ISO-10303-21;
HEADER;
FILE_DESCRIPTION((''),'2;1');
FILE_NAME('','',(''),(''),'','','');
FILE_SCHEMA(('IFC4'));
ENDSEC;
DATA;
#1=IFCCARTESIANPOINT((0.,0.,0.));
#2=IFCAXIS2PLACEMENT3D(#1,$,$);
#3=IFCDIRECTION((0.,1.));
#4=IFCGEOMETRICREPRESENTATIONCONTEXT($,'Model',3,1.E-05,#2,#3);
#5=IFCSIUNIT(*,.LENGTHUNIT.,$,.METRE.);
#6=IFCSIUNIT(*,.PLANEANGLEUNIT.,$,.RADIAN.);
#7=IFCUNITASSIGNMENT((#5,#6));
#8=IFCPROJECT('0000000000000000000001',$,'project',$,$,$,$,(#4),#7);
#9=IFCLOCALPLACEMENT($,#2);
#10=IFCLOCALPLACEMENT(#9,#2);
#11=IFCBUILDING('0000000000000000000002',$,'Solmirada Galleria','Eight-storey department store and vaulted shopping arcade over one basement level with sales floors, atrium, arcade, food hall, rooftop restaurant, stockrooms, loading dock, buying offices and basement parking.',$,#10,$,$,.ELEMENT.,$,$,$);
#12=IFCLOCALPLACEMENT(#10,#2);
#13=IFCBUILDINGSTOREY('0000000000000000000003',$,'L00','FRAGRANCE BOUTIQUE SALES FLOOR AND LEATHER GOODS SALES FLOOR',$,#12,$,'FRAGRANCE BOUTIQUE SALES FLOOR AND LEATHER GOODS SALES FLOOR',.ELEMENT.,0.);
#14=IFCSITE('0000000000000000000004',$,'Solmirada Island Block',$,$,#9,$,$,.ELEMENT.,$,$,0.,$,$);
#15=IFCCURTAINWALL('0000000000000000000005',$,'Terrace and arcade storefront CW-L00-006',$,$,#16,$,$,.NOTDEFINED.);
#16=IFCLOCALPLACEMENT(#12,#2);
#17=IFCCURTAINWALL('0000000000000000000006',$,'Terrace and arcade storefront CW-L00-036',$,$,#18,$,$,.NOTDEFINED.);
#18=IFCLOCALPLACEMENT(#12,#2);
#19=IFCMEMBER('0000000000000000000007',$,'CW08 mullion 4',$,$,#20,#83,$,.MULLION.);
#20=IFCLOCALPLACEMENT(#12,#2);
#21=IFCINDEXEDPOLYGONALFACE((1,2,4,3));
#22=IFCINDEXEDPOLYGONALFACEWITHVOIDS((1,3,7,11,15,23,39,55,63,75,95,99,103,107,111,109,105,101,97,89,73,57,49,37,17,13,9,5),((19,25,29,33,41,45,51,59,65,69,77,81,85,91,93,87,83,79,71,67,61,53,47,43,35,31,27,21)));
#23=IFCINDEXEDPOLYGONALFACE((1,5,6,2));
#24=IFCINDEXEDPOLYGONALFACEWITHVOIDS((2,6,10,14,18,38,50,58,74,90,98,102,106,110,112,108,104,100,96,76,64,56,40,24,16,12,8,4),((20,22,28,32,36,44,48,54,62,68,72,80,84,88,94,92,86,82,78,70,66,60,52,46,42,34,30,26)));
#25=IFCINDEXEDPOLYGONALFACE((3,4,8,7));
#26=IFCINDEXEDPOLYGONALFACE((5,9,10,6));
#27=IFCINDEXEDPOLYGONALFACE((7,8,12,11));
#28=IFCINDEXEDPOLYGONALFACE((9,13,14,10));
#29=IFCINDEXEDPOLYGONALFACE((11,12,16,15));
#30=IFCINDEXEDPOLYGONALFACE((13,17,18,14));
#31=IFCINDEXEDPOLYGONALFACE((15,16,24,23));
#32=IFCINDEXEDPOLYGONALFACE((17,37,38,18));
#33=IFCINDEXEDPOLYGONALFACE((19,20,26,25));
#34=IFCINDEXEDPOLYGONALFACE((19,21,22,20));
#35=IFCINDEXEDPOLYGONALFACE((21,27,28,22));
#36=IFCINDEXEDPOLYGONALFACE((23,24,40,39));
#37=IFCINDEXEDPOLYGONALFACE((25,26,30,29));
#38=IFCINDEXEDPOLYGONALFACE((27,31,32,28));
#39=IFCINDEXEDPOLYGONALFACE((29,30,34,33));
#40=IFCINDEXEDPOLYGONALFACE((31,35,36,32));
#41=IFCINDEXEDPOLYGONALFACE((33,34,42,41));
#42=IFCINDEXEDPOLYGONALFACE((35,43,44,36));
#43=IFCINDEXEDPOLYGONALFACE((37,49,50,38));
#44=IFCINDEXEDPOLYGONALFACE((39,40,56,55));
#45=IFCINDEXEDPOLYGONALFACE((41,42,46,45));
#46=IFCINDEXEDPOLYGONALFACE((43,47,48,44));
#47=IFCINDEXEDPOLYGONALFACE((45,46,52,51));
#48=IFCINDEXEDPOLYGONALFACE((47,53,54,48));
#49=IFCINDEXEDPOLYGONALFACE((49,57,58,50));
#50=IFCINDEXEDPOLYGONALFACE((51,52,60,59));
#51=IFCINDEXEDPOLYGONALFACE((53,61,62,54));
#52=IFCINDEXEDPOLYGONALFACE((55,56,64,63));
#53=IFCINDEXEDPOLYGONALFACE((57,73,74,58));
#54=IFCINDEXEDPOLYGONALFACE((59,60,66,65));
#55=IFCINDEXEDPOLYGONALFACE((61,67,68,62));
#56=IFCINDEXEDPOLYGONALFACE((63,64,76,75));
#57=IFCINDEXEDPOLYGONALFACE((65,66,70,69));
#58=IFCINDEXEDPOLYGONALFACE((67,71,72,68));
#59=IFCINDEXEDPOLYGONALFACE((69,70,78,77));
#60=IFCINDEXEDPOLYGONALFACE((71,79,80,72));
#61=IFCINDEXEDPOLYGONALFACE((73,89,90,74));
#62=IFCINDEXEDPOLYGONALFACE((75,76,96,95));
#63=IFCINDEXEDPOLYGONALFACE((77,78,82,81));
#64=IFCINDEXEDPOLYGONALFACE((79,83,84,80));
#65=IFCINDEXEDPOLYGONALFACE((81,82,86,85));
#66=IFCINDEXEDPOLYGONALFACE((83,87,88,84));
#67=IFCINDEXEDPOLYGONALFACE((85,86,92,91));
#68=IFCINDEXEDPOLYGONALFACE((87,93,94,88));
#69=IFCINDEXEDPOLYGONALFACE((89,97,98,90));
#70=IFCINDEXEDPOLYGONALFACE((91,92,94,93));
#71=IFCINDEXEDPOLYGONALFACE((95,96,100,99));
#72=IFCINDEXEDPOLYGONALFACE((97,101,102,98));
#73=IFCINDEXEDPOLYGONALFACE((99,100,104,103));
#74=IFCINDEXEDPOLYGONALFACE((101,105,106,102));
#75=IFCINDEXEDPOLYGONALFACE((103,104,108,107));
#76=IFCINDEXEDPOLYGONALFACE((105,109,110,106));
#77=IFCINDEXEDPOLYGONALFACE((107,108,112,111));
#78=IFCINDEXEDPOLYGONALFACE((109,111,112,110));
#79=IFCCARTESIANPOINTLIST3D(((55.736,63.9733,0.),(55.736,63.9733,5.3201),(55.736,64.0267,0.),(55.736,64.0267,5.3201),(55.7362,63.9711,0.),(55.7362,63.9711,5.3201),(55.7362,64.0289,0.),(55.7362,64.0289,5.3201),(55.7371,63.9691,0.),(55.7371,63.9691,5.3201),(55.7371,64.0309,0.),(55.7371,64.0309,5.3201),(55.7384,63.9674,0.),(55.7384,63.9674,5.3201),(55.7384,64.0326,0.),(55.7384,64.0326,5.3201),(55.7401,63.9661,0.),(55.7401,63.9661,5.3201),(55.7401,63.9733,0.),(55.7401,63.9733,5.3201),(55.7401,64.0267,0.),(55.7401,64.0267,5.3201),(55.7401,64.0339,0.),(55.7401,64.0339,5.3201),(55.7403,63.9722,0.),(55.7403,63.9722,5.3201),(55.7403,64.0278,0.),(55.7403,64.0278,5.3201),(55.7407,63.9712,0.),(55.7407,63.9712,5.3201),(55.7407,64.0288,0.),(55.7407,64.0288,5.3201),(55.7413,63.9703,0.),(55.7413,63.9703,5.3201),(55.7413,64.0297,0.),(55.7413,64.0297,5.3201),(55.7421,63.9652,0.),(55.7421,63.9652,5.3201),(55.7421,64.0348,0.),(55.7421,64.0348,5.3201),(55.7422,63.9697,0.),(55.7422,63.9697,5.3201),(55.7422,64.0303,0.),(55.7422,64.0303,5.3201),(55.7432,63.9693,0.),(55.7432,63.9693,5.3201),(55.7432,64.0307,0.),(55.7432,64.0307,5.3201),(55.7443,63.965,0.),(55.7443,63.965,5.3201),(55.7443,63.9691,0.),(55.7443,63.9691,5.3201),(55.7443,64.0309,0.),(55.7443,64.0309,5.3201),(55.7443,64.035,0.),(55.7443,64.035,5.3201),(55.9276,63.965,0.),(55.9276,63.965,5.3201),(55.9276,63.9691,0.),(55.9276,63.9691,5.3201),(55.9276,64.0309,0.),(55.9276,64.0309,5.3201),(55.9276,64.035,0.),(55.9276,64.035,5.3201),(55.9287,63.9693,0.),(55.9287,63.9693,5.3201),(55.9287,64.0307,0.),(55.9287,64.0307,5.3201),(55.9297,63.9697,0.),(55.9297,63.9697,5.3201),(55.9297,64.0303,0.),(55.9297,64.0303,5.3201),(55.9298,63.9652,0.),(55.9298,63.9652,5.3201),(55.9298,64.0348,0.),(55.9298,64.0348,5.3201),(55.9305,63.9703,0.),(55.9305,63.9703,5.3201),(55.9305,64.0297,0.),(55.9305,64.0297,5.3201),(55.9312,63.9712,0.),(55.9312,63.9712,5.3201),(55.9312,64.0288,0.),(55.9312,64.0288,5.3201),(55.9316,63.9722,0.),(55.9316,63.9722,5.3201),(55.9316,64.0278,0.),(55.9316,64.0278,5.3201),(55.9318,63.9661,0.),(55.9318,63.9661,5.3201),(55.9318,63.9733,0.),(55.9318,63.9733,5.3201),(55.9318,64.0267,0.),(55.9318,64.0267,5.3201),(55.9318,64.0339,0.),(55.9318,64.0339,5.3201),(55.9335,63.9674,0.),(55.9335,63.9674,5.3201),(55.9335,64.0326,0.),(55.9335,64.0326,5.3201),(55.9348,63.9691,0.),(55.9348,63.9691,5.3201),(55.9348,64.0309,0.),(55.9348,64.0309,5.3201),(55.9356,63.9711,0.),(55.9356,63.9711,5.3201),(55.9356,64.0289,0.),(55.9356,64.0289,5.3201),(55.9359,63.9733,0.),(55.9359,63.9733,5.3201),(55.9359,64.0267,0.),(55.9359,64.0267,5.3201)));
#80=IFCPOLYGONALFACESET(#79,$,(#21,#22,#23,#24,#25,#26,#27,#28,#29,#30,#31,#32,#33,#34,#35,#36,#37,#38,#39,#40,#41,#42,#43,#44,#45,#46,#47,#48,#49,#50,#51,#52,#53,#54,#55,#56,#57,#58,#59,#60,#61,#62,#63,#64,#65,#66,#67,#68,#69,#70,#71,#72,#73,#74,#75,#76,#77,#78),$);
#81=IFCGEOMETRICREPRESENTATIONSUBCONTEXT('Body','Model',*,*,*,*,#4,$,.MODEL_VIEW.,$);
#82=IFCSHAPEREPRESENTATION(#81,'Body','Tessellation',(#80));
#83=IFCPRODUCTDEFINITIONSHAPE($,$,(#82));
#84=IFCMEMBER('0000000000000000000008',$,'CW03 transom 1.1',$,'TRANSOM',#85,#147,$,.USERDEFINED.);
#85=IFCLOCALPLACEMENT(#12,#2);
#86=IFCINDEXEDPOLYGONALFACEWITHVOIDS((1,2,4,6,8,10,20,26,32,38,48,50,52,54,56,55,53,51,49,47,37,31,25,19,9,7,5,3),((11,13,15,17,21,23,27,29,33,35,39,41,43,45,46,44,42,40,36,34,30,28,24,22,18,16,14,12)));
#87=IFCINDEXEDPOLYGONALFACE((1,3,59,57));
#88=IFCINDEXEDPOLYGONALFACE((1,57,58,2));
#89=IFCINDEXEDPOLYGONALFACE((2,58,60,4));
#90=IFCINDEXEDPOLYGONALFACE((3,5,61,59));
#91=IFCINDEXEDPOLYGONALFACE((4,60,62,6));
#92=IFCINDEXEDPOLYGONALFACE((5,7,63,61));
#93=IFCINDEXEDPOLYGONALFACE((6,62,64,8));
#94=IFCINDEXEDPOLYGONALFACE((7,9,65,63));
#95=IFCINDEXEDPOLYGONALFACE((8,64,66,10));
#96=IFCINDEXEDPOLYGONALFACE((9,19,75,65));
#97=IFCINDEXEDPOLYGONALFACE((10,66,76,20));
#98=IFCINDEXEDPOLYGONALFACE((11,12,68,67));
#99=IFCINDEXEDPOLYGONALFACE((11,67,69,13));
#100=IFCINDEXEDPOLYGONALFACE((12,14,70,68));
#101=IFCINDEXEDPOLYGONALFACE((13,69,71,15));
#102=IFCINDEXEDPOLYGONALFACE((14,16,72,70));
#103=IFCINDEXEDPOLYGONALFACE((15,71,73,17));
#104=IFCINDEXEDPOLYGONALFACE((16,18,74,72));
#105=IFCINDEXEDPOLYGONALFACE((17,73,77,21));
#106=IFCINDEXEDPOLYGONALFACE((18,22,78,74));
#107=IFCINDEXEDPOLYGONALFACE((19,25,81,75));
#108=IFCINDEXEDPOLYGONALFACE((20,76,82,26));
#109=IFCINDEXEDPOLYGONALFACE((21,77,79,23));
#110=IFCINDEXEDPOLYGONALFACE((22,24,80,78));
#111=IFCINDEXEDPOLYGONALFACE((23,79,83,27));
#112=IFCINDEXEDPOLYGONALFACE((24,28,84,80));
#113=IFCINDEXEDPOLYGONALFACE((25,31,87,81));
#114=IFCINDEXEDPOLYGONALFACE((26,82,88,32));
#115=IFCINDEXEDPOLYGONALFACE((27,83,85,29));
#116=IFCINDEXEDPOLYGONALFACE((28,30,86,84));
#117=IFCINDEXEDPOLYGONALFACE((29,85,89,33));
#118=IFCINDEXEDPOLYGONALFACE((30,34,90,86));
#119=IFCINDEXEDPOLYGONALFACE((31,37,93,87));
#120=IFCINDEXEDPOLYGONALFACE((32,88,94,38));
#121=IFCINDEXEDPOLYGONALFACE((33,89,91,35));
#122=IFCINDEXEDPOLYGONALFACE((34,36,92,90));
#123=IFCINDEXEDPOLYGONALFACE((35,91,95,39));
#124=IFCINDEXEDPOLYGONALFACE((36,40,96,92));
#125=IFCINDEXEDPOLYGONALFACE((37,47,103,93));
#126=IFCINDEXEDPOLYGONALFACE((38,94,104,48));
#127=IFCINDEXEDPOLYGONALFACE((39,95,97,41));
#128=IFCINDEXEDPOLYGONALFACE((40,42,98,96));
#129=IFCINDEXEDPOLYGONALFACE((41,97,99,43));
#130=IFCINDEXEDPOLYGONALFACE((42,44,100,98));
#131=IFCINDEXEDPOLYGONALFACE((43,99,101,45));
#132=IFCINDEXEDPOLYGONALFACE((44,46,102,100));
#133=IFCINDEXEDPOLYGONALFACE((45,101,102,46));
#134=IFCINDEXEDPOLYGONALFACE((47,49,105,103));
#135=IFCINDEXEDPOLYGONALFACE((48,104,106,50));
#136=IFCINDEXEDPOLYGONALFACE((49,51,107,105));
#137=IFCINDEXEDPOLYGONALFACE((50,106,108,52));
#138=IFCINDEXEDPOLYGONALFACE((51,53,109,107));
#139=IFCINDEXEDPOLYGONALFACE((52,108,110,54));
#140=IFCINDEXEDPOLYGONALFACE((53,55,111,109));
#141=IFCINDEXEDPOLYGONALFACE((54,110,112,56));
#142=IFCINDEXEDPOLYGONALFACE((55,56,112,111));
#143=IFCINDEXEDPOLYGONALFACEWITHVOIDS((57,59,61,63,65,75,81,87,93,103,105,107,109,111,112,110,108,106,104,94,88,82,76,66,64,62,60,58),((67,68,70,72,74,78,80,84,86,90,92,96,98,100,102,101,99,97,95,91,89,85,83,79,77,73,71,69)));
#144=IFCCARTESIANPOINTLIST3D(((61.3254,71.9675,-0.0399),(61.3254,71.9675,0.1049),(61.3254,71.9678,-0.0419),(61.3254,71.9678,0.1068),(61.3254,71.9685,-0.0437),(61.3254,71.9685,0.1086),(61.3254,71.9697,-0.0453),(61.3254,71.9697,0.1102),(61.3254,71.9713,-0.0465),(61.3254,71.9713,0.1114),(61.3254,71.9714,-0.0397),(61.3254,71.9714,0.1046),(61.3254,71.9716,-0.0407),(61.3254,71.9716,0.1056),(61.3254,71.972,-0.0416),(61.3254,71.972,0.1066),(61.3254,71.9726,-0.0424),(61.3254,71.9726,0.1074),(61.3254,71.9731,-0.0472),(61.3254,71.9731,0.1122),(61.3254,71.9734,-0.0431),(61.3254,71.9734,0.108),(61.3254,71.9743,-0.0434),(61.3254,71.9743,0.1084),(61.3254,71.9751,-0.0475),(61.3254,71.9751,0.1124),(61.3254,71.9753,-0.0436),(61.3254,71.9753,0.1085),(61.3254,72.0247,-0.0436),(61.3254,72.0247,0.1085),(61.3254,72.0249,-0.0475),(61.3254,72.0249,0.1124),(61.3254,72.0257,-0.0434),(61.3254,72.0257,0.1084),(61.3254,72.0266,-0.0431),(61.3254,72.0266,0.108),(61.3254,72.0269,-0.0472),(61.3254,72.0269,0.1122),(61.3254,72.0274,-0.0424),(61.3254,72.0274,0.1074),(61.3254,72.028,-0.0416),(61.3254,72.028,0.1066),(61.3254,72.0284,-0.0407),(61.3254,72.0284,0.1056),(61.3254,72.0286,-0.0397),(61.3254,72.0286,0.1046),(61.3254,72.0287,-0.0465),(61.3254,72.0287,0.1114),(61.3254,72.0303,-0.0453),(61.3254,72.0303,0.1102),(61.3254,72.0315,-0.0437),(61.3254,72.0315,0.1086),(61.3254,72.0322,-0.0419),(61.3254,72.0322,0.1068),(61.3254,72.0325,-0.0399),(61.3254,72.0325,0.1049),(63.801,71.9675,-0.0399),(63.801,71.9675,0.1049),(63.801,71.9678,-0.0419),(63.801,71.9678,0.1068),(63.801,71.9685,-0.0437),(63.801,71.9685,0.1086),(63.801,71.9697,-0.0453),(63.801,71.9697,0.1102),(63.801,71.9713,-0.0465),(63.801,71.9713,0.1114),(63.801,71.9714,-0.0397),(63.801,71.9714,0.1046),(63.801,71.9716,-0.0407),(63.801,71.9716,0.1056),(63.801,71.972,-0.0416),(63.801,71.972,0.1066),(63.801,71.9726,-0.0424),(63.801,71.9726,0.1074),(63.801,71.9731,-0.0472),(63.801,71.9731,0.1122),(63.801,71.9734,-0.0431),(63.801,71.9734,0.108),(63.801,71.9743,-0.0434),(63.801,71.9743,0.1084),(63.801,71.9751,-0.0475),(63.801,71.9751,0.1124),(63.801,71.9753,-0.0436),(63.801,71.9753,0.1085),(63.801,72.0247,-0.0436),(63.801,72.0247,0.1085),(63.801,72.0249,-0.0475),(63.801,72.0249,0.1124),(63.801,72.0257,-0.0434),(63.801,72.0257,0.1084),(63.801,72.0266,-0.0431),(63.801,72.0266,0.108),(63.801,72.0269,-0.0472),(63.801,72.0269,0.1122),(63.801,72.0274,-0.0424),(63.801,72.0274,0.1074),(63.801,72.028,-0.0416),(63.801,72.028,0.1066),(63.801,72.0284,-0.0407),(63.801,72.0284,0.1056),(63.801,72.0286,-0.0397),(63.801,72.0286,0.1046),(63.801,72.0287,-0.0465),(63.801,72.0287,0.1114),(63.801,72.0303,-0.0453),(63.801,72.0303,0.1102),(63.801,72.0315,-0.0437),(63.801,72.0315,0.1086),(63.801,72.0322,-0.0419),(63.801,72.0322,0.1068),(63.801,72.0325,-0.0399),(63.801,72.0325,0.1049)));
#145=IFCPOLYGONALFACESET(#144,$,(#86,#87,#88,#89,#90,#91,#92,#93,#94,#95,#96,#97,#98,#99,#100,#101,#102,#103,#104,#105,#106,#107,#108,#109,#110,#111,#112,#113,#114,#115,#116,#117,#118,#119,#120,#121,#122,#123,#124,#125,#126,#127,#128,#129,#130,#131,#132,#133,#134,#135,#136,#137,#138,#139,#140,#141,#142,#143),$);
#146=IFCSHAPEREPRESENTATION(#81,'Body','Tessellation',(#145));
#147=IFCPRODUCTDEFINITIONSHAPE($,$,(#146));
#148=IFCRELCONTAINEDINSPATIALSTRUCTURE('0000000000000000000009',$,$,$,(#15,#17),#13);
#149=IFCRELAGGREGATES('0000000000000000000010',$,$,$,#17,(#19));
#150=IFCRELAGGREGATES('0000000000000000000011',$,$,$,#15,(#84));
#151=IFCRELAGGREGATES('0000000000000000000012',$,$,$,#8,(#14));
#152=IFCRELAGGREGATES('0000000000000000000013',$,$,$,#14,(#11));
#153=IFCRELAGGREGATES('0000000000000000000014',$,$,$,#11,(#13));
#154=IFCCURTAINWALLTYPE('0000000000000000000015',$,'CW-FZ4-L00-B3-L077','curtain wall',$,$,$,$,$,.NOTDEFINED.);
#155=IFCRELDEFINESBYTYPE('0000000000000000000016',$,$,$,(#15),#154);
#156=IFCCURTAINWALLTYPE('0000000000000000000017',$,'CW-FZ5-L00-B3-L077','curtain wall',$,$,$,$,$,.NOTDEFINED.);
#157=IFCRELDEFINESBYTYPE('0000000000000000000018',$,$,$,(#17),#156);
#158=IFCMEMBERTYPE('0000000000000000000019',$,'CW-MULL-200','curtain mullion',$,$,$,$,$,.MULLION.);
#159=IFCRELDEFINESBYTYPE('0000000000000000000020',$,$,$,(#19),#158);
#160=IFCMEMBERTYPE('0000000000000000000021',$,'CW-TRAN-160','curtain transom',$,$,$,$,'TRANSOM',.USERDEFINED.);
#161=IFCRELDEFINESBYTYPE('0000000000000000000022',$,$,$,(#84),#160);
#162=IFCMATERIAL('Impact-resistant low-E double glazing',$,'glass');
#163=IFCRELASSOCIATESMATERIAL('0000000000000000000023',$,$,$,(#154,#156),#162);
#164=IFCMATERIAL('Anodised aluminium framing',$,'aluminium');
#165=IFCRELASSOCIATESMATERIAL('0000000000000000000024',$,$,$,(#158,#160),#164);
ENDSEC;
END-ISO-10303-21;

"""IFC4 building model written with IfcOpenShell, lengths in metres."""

from ifc_helpers import new_model, si_unit, direction, frame, origin, origin_2d, place, context, subcontext, project, spatial, hollow_rectangle, extrude, material, material_profile, profile_set, type_object, element, aggregate, save


model = new_model("IFC4")

# Units and contexts
model_context = context("Model", 3, precision=1e-05, world=origin(), true_north=direction((0.0, 1.0)))
body_context = subcontext(model_context, "Body", "Model", "MODEL_VIEW")
ifc_project = project(units=[si_unit("LENGTHUNIT", "METRE"), si_unit("PLANEANGLEUNIT", "RADIAN")], contexts=[model_context])

# Site, building, storey
site_placement = place(None, origin())
site = spatial("IfcSite", under=ifc_project, at=site_placement, Name="Solmirada Island Block", CompositionType="ELEMENT", RefElevation=0.0)
building_placement = place(site_placement, origin())
building = spatial("IfcBuilding", under=site, at=building_placement, Name="Solmirada Galleria", Description="Eight-storey department store and vaulted shopping arcade over one basement level with sales floors, atrium, arcade, food hall, rooftop restaurant, stockrooms, loading dock, buying offices and basement parking.", CompositionType="ELEMENT")
storey_placement = place(building_placement, origin())
storey = spatial("IfcBuildingStorey", under=building, at=storey_placement, Name="L00", Description="FRAGRANCE BOUTIQUE SALES FLOOR AND LEATHER GOODS SALES FLOOR", LongName="FRAGRANCE BOUTIQUE SALES FLOOR AND LEATHER GOODS SALES FLOOR", CompositionType="ELEMENT", Elevation=0.0)

# Curtain wall
ifc_material_1 = material(Name="Impact-resistant low-E double glazing", Category="glass")
curtain_wall_type_1 = type_object("IfcCurtainWallType", Name="CW-FZ4-L00-B3-L077", Description="curtain wall", PredefinedType="NOTDEFINED", material=ifc_material_1)
curtain_wall_1_placement = place(storey_placement, origin())
curtain_wall_1 = element("IfcCurtainWall", 1, at=curtain_wall_1_placement, inside=storey, type_object=curtain_wall_type_1, Name="Terrace and arcade storefront CW-L00-006", PredefinedType="NOTDEFINED")
ifc_material_2 = material(Name="Anodised aluminium framing", Category="aluminium")
ifc_material_profile_1 = material_profile(ifc_material_2, hollow_rectangle(XDim=0.0701, YDim=0.2, WallThickness=0.0042, InnerFilletRadius=0.0042, OuterFilletRadius=0.0083, at=origin_2d()), Name="ALU-MULL-200X70")
ifc_profile_set_1 = profile_set([ifc_material_profile_1], Name="Anodised aluminium framing")
member_type_1 = type_object("IfcMemberType", Name="CW-MULL-200", Description="curtain mullion", PredefinedType="MULLION", material=ifc_profile_set_1)

# Curtain wall, member
curtain_wall_type_2 = type_object("IfcCurtainWallType", Name="CW-FZ5-L00-B3-L077", Description="curtain wall", PredefinedType="NOTDEFINED", material=ifc_material_1)
curtain_wall_2_placement = place(storey_placement, origin())
curtain_wall_2 = element("IfcCurtainWall", 2, at=curtain_wall_2_placement, inside=storey, type_object=curtain_wall_type_2, Name="Terrace and arcade storefront CW-L00-036", PredefinedType="NOTDEFINED")
member_1_placement = place(storey_placement, frame((55.8359, 64.0, 0.0), z_axis=(0.0, 0.0, 1.0), x_axis=(0.0, 1.0, 0.0)))
member_1 = element("IfcMember", 3, at=member_1_placement, type_object=member_type_1, Name="CW08 mullion 4", PredefinedType="MULLION", context=body_context, shape_type="SweptSolid", body=[
    extrude(hollow_rectangle(XDim=0.0701, YDim=0.2, WallThickness=0.0042, InnerFilletRadius=0.0042, OuterFilletRadius=0.0083, at=origin_2d()), origin(), (0.0, 0.0, 1.0), 5.3201),
])
aggregate(curtain_wall_2, [member_1])

# Member
ifc_material_profile_2 = material_profile(ifc_material_2, hollow_rectangle(XDim=0.0649, YDim=0.1599, WallThickness=0.0039, InnerFilletRadius=0.0039, OuterFilletRadius=0.0076, at=origin_2d()), Name="ALU-TRAN-160X65")
ifc_profile_set_2 = profile_set([ifc_material_profile_2], Name="Anodised aluminium framing")
member_type_2 = type_object("IfcMemberType", Name="CW-TRAN-160", Description="curtain transom", ElementType="TRANSOM", PredefinedType="USERDEFINED", material=ifc_profile_set_2)
member_2_placement = place(storey_placement, frame((63.801, 72.0, 0.0325), z_axis=(-1.0, 0.0, 0.0), x_axis=(0.0, -1.0, 0.0)))
member_2 = element("IfcMember", 4, at=member_2_placement, type_object=member_type_2, Name="CW03 transom 1.1", ObjectType="TRANSOM", PredefinedType="USERDEFINED", context=body_context, shape_type="SweptSolid", body=[
    extrude(hollow_rectangle(XDim=0.0649, YDim=0.1599, WallThickness=0.0039, InnerFilletRadius=0.0039, OuterFilletRadius=0.0076, at=origin_2d()), origin(), (0.0, 0.0, 1.0), 2.4756),
])

aggregate(curtain_wall_1, [member_2])

save(model, "model.ifc")
